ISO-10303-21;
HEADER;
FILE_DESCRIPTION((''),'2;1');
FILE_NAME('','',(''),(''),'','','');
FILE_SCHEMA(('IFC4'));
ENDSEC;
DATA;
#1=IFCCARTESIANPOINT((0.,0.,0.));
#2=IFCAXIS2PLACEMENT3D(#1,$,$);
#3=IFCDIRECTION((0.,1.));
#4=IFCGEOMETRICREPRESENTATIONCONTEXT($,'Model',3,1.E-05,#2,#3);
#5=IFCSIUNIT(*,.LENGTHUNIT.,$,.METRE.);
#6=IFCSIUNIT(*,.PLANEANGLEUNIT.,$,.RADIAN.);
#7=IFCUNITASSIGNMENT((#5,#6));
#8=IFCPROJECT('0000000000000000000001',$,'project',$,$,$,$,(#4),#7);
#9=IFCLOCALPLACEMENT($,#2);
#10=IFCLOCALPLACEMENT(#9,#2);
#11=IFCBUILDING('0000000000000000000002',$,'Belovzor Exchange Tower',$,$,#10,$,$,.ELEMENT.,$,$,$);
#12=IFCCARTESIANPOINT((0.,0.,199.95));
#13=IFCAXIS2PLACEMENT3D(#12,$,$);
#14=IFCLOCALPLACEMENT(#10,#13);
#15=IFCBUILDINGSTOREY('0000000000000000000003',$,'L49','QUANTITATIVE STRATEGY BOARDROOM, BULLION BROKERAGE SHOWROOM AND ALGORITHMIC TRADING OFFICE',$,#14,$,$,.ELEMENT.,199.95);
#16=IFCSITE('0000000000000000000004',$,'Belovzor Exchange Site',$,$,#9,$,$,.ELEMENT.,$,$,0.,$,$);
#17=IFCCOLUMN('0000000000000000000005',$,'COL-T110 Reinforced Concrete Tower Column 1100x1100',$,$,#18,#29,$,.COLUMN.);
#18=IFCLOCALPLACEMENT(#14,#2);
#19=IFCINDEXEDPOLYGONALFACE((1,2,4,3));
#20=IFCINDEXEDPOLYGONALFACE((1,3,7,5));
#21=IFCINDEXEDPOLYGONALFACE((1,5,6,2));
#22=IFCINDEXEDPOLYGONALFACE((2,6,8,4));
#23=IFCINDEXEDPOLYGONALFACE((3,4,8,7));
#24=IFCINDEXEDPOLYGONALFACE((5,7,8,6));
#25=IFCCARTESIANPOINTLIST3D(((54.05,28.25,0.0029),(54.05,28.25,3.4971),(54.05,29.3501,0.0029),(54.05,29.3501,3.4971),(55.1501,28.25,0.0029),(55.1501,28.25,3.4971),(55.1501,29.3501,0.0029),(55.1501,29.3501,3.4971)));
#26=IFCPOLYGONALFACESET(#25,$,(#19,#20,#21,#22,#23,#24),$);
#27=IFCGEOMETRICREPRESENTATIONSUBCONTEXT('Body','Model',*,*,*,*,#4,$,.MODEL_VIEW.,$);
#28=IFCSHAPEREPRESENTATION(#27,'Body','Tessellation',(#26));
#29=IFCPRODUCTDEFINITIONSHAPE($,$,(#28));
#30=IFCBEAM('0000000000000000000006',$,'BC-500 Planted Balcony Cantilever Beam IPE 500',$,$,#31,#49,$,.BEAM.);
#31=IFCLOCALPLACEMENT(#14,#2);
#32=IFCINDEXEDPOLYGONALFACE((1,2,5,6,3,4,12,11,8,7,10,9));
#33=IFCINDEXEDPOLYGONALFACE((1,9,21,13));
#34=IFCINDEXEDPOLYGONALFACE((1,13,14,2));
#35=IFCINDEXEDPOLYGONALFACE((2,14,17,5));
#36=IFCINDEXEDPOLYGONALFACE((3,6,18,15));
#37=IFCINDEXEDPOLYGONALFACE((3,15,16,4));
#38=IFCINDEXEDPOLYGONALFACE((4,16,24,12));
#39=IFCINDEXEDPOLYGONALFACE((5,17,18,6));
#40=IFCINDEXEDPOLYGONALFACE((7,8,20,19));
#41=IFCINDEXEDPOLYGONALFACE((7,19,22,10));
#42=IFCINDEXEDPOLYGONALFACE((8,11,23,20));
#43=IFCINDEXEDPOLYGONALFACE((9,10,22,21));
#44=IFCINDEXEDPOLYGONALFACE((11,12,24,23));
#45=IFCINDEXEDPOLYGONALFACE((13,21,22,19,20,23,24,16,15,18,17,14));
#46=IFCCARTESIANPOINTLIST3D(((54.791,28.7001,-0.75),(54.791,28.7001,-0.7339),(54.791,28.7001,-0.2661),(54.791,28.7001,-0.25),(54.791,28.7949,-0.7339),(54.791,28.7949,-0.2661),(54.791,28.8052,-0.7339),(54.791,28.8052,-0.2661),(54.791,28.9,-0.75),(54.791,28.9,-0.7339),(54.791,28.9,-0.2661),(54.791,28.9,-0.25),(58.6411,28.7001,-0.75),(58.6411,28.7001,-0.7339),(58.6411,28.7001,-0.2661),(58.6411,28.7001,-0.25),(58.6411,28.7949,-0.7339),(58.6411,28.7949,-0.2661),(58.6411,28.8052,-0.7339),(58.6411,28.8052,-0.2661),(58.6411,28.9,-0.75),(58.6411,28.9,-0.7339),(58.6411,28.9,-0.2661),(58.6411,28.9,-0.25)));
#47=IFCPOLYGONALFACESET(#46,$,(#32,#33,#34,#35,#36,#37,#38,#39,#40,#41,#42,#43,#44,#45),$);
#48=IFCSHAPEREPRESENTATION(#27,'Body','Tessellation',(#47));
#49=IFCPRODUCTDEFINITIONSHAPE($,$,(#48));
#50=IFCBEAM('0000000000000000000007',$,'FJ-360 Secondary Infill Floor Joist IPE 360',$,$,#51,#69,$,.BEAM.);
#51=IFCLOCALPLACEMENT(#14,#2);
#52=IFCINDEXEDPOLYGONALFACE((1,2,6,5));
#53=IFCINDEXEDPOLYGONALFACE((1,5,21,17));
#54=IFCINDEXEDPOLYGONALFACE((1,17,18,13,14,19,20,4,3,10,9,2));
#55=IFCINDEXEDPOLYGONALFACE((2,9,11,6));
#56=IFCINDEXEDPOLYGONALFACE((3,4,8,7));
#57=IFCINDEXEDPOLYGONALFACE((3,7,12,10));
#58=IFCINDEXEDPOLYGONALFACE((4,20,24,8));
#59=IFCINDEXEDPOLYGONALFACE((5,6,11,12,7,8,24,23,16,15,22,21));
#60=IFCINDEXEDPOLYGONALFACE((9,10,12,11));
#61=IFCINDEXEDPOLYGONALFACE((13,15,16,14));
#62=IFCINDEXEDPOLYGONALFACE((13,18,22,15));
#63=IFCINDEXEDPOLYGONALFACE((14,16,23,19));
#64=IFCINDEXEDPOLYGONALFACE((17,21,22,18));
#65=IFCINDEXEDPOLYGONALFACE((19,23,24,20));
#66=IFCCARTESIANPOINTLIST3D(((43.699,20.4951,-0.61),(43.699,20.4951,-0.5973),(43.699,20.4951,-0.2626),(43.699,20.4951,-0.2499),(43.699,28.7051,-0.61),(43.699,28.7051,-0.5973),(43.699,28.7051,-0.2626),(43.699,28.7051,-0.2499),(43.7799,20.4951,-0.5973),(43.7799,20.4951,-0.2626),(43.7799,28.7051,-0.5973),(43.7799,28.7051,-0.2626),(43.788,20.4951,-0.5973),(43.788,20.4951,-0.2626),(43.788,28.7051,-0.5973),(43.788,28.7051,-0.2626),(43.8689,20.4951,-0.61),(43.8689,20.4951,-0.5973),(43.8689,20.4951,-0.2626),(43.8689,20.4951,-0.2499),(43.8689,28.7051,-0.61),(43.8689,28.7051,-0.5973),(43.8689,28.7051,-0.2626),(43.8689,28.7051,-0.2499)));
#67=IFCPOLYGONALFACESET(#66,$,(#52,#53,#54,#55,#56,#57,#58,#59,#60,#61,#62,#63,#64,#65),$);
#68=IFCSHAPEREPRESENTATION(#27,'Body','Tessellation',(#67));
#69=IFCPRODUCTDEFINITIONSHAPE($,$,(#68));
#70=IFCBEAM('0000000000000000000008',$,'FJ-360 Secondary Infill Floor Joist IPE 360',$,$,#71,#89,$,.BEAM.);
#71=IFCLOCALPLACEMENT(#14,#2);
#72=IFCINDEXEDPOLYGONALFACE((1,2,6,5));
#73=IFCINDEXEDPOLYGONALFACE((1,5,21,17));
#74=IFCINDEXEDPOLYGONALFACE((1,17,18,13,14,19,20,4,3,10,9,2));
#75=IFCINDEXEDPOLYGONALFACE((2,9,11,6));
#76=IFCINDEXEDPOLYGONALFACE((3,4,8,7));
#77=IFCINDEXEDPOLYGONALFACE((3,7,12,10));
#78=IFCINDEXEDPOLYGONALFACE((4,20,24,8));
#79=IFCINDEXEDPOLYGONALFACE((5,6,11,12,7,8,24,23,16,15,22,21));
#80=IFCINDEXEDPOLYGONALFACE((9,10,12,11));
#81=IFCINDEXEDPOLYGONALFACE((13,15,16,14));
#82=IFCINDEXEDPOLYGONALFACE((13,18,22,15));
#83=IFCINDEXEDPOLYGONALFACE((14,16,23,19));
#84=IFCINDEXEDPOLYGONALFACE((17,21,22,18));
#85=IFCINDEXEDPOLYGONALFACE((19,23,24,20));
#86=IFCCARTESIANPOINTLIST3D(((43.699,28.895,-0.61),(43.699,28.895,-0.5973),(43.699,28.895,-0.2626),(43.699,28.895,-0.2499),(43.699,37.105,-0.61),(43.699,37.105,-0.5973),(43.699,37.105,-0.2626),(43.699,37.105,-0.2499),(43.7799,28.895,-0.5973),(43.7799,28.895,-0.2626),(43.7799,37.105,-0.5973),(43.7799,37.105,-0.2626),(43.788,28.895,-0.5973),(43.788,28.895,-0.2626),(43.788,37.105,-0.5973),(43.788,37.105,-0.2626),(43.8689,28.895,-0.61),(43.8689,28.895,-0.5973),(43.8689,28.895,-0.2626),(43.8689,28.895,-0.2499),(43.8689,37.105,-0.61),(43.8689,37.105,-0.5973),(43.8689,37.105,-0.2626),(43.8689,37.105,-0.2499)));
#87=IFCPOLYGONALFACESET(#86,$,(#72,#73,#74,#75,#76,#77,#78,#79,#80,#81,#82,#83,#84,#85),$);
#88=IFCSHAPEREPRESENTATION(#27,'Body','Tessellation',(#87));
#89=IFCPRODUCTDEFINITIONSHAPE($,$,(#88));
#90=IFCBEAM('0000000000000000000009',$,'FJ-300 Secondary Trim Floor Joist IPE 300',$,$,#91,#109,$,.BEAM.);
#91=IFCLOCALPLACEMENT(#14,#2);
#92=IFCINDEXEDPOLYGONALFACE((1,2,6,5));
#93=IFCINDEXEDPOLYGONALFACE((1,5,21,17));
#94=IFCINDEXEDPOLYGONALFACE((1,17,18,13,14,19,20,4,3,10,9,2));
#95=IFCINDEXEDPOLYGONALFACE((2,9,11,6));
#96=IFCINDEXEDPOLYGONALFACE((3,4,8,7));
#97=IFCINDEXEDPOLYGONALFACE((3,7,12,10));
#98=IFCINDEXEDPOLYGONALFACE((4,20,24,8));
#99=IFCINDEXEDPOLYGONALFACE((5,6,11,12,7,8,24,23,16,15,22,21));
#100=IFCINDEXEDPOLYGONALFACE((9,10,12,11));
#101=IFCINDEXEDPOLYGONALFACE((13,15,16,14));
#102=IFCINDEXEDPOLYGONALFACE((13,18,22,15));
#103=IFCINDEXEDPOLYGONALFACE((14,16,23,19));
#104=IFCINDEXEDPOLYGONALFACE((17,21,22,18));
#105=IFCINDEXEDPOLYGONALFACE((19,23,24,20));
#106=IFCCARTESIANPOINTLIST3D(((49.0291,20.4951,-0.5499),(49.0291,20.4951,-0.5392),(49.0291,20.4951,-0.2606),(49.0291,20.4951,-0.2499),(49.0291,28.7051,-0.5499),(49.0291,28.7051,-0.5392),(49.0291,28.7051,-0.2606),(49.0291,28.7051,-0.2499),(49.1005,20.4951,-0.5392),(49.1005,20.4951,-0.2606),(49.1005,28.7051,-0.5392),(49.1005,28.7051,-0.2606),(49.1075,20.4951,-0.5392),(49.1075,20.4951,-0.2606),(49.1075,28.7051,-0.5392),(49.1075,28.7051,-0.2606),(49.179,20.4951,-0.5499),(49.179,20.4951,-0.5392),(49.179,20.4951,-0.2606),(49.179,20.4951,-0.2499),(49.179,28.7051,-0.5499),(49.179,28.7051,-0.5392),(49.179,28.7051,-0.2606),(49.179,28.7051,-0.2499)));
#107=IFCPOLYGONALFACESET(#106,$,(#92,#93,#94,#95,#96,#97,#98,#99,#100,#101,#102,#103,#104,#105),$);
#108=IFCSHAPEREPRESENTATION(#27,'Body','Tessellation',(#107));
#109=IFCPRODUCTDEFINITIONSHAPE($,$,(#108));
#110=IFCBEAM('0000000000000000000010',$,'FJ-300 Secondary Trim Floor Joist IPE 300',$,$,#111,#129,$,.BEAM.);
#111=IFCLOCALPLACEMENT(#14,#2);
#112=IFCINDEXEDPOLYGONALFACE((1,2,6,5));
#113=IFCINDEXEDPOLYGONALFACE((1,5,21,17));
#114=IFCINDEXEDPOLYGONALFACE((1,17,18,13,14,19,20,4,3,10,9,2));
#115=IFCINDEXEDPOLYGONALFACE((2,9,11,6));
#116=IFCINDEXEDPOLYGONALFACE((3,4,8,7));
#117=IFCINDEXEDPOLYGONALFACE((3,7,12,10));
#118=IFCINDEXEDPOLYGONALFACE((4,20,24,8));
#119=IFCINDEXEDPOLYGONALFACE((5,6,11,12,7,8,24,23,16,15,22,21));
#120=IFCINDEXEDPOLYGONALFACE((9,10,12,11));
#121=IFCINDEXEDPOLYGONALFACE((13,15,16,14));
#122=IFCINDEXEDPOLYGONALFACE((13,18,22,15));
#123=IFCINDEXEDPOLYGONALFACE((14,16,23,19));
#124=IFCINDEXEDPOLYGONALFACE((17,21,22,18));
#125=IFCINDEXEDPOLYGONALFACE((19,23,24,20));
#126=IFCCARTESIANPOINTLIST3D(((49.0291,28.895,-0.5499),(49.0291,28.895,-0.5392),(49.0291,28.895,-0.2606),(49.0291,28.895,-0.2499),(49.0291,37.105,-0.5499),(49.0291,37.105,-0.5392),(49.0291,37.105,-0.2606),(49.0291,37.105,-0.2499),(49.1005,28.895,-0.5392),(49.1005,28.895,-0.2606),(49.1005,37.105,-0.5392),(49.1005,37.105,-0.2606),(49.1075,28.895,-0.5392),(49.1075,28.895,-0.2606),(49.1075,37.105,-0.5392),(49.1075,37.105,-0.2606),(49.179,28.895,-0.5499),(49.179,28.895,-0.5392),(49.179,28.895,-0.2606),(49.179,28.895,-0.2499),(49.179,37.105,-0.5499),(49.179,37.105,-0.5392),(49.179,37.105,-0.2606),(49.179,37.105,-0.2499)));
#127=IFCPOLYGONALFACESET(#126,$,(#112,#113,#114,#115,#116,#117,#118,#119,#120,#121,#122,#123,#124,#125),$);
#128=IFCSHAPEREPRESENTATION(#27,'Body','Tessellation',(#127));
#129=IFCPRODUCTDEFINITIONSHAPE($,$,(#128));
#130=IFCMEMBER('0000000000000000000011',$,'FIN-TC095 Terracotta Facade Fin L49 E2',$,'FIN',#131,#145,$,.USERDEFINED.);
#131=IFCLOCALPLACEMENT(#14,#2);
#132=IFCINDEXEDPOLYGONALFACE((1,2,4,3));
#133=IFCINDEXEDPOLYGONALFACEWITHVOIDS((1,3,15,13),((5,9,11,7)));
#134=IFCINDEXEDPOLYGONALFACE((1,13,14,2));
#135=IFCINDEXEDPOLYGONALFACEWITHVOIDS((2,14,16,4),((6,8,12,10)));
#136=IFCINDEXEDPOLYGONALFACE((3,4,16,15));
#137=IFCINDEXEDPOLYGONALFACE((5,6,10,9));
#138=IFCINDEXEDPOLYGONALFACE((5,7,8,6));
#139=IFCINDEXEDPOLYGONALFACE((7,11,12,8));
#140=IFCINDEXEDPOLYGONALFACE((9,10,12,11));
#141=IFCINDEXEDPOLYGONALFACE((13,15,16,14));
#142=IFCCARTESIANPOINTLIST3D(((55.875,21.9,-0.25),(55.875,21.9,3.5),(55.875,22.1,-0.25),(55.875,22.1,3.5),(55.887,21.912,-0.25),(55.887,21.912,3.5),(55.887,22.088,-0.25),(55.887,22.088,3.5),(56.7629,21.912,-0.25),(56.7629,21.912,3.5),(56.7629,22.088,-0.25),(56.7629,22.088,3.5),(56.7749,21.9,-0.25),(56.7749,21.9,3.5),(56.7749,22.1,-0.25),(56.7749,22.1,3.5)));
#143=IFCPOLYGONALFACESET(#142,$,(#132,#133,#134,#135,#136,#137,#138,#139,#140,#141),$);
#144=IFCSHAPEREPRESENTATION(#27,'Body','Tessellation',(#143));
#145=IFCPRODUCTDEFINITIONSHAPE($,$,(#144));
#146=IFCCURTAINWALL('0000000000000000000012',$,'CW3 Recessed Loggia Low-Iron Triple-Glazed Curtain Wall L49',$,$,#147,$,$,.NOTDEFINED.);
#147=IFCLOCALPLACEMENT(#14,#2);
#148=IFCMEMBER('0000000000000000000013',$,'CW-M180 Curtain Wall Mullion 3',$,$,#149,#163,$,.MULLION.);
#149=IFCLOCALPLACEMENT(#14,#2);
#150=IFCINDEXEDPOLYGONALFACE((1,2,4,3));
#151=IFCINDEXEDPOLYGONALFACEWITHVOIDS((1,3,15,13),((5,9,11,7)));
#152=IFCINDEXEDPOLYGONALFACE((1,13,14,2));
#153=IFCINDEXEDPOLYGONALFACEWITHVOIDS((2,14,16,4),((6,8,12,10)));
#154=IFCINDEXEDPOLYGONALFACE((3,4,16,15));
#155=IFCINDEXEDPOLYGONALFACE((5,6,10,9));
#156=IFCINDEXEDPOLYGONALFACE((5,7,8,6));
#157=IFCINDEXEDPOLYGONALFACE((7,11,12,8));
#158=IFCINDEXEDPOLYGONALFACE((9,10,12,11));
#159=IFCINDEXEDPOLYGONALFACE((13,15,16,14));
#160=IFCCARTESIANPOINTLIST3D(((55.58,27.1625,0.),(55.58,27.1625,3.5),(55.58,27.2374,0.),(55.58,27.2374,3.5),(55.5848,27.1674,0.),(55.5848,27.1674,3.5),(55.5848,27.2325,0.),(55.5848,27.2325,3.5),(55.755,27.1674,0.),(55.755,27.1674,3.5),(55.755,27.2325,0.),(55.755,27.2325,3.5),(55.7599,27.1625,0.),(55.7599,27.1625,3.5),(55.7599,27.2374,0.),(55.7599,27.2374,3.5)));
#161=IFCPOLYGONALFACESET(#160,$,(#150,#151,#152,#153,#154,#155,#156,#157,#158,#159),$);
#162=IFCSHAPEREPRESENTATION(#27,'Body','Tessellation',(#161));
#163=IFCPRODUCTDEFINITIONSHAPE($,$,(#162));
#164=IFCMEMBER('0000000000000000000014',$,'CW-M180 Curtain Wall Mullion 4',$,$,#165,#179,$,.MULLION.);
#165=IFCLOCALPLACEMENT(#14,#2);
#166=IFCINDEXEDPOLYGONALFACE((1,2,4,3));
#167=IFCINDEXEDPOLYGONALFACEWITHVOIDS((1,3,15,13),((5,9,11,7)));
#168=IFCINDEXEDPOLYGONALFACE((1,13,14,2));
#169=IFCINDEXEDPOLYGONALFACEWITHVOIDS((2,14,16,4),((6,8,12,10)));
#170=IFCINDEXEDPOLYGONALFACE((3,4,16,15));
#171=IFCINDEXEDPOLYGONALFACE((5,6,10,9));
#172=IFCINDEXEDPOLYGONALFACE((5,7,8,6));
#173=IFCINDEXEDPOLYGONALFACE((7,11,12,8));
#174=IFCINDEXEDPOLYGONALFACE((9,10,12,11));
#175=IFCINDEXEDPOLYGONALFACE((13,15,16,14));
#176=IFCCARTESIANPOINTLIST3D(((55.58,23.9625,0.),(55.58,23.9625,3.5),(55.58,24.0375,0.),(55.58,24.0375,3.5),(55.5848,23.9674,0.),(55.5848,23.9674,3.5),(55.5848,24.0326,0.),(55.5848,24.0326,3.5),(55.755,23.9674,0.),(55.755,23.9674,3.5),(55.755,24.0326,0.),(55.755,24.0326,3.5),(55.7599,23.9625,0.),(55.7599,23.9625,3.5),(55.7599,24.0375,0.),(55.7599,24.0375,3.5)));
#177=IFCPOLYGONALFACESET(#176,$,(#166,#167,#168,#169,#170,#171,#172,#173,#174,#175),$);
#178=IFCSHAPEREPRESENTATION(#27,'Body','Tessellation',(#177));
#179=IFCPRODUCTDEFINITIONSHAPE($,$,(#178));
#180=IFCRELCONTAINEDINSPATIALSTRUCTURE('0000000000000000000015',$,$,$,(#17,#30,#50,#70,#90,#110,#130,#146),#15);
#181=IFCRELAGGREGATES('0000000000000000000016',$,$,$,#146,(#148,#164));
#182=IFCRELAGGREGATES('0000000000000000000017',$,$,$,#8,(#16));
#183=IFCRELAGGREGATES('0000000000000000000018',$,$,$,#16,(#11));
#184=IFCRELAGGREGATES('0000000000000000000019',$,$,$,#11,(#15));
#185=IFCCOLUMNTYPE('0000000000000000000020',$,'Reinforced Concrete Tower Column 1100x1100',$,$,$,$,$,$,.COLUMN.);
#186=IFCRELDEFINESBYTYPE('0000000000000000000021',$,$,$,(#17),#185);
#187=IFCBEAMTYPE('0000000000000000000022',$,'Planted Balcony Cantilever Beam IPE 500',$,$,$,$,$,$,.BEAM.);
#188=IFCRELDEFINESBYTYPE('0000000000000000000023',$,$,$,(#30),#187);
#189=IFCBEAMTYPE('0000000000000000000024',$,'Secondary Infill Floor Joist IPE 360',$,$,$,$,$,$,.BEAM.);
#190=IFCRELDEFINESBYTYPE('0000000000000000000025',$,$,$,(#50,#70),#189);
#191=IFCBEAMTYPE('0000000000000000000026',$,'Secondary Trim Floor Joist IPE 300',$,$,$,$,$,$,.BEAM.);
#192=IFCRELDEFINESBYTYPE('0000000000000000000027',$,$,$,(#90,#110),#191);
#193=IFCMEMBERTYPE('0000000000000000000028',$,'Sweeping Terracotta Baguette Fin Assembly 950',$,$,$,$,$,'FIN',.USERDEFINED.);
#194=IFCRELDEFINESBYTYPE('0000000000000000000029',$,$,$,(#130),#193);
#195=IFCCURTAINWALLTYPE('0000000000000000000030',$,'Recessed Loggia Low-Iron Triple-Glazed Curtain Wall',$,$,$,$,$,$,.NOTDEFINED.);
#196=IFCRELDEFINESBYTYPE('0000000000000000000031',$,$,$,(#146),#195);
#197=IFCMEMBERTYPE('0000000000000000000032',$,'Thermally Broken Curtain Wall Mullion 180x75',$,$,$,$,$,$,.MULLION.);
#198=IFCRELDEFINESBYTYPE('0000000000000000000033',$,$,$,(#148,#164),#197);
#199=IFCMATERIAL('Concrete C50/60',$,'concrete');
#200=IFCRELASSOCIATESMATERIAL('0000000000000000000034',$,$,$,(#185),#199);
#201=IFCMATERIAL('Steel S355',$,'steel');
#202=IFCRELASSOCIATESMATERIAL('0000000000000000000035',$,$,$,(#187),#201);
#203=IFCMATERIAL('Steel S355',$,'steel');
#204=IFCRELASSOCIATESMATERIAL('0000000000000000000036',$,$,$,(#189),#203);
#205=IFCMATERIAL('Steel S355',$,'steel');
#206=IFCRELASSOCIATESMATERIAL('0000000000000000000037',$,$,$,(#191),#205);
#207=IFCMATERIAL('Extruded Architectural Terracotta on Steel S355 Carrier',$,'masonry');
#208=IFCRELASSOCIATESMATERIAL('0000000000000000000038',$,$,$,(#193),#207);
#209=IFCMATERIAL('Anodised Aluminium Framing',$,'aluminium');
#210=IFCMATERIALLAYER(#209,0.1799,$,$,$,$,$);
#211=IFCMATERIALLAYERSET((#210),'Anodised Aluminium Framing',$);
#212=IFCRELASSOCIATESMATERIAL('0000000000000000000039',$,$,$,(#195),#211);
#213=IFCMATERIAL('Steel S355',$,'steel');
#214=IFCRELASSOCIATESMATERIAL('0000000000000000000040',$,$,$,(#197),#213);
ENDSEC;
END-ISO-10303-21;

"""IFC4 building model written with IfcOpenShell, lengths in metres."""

from ifc_helpers import new_model, si_unit, direction, frame, origin, origin_2d, place, context, subcontext, project, spatial, rectangle, hollow_rectangle, i_section, extrude, material, layer, layer_set, material_profile, profile_set, type_object, element, aggregate, save


model = new_model("IFC4")

# Units and contexts
model_context = context("Model", 3, precision=1e-05, world=origin(), true_north=direction((0.0, 1.0)))
body_context = subcontext(model_context, "Body", "Model", "MODEL_VIEW")
ifc_project = project(units=[si_unit("LENGTHUNIT", "METRE"), si_unit("PLANEANGLEUNIT", "RADIAN")], contexts=[model_context])

# Site, building, storey
site_placement = place(None, origin())
site = spatial("IfcSite", under=ifc_project, at=site_placement, Name="Belovzor Exchange Site", CompositionType="ELEMENT", RefElevation=0.0)
building_placement = place(site_placement, origin())
building = spatial("IfcBuilding", under=site, at=building_placement, Name="Belovzor Exchange Tower", CompositionType="ELEMENT")
storey_placement = place(building_placement, frame((0.0, 0.0, 199.95)))
storey = spatial("IfcBuildingStorey", under=building, at=storey_placement, Name="L49", Description="QUANTITATIVE STRATEGY BOARDROOM, BULLION BROKERAGE SHOWROOM AND ALGORITHMIC TRADING OFFICE", CompositionType="ELEMENT", Elevation=199.95)

# Column
ifc_material_1 = material(Name="Concrete C50/60", Category="concrete")
ifc_material_profile_1 = material_profile(ifc_material_1, rectangle(XDim=1.1001, YDim=1.1001, at=origin_2d()))
ifc_profile_set_1 = profile_set([ifc_material_profile_1], Name="Concrete C50/60")
column_type = type_object("IfcColumnType", Name="Reinforced Concrete Tower Column 1100x1100", PredefinedType="COLUMN", material=ifc_profile_set_1)
column_placement = place(storey_placement, frame((54.6001, 28.8, 0.0029), z_axis=(0.0, 0.0, 1.0), x_axis=(1.0, 0.0, 0.0)))
element("IfcColumn", 1, at=column_placement, inside=storey, type_object=column_type, Name="COL-T110 Reinforced Concrete Tower Column 1100x1100", PredefinedType="COLUMN", context=body_context, shape_type="SweptSolid", body=[
    extrude(rectangle(XDim=1.1001, YDim=1.1001, at=origin_2d()), origin(), (0.0, 0.0, 1.0), 3.4941),
])

# Beams
ifc_material_2 = material(Name="Steel S355", Category="steel")
ifc_material_profile_2 = material_profile(ifc_material_2, i_section(OverallWidth=0.2, OverallDepth=0.5, WebThickness=0.0103, FlangeThickness=0.0161, at=origin_2d()))
ifc_profile_set_2 = profile_set([ifc_material_profile_2], Name="Steel S355")
beam_type_1 = type_object("IfcBeamType", Name="Planted Balcony Cantilever Beam IPE 500", PredefinedType="BEAM", material=ifc_profile_set_2)
beam_placement = place(storey_placement, frame((54.791, 28.8, -0.5), z_axis=(1.0, 0.0, 0.0), x_axis=(0.0, 1.0, 0.0)))
element("IfcBeam", 2, at=beam_placement, inside=storey, type_object=beam_type_1, Name="BC-500 Planted Balcony Cantilever Beam IPE 500", PredefinedType="BEAM", context=body_context, shape_type="SweptSolid", body=[
    extrude(i_section(OverallWidth=0.2, OverallDepth=0.5, WebThickness=0.0103, FlangeThickness=0.0161, at=origin_2d()), origin(), (0.0, 0.0, 1.0), 3.8501),
])
ifc_material_3 = material(Name="Steel S355", Category="steel")
ifc_material_profile_3 = material_profile(ifc_material_3, i_section(OverallWidth=0.1699, OverallDepth=0.3601, WebThickness=0.0081, FlangeThickness=0.0127, at=origin_2d()))
ifc_profile_set_3 = profile_set([ifc_material_profile_3], Name="Steel S355")
beam_type_2 = type_object("IfcBeamType", Name="Secondary Infill Floor Joist IPE 360", PredefinedType="BEAM", material=ifc_profile_set_3)
for number, where, z_axis, x_axis, name in (
    (3, (43.7839, 20.4951, -0.4299), (0.0, 1.0, 0.0), (-1.0, 0.0, 0.0), "FJ-360 Secondary Infill Floor Joist IPE 360"),
    (4, (43.7839, 28.895, -0.4299), (0.0, 1.0, 0.0), (-1.0, 0.0, 0.0), "FJ-360 Secondary Infill Floor Joist IPE 360"),
):
    element("IfcBeam", number, at=place(storey_placement, frame(where, z_axis=z_axis, x_axis=x_axis)), inside=storey, type_object=beam_type_2, Name=name, PredefinedType="BEAM", context=body_context, shape_type="SweptSolid", body=[
        extrude(i_section(OverallWidth=0.1699, OverallDepth=0.3601, WebThickness=0.0081, FlangeThickness=0.0127, at=origin_2d()), origin(), (0.0, 0.0, 1.0), 8.21),
    ])
ifc_material_4 = material(Name="Steel S355", Category="steel")
ifc_material_profile_4 = material_profile(ifc_material_4, i_section(OverallWidth=0.1499, OverallDepth=0.3, WebThickness=0.0071, FlangeThickness=0.0107, at=origin_2d()))
ifc_profile_set_4 = profile_set([ifc_material_profile_4], Name="Steel S355")
beam_type_3 = type_object("IfcBeamType", Name="Secondary Trim Floor Joist IPE 300", PredefinedType="BEAM", material=ifc_profile_set_4)
for number, where, z_axis, x_axis, name in (
    (5, (49.104, 20.4951, -0.3999), (0.0, 1.0, 0.0), (-1.0, 0.0, 0.0), "FJ-300 Secondary Trim Floor Joist IPE 300"),
    (6, (49.104, 28.895, -0.3999), (0.0, 1.0, 0.0), (-1.0, 0.0, 0.0), "FJ-300 Secondary Trim Floor Joist IPE 300"),
):
    element("IfcBeam", number, at=place(storey_placement, frame(where, z_axis=z_axis, x_axis=x_axis)), inside=storey, type_object=beam_type_3, Name=name, PredefinedType="BEAM", context=body_context, shape_type="SweptSolid", body=[
        extrude(i_section(OverallWidth=0.1499, OverallDepth=0.3, WebThickness=0.0071, FlangeThickness=0.0107, at=origin_2d()), origin(), (0.0, 0.0, 1.0), 8.21),
    ])

# Member
ifc_material_5 = material(Name="Extruded Architectural Terracotta on Steel S355 Carrier", Category="masonry")
ifc_material_profile_5 = material_profile(ifc_material_5, hollow_rectangle(XDim=0.2, YDim=0.8999, WallThickness=0.012, at=origin_2d()))
ifc_profile_set_5 = profile_set([ifc_material_profile_5], Name="Extruded Architectural Terracotta on Steel S355 Carrier")
member_type_1 = type_object("IfcMemberType", Name="Sweeping Terracotta Baguette Fin Assembly 950", ElementType="FIN", PredefinedType="USERDEFINED", material=ifc_profile_set_5)
member_1_placement = place(storey_placement, frame((56.325, 22.0, -0.25), z_axis=(0.0, 0.0, 1.0), x_axis=(0.0, 1.0, 0.0)))
element("IfcMember", 7, at=member_1_placement, inside=storey, type_object=member_type_1, Name="FIN-TC095 Terracotta Facade Fin L49 E2", ObjectType="FIN", PredefinedType="USERDEFINED", context=body_context, shape_type="SweptSolid", body=[
    extrude(hollow_rectangle(XDim=0.2, YDim=0.8999, WallThickness=0.012, at=origin_2d()), origin(), (0.0, 0.0, 1.0), 3.75),
])

# Curtain wall, members
ifc_material_6 = material(Name="Anodised Aluminium Framing", Category="aluminium")
ifc_layer_1 = layer(ifc_material_6, 0.1799)
ifc_layer_set_1 = layer_set([ifc_layer_1], Name="Anodised Aluminium Framing")
curtain_wall_type = type_object("IfcCurtainWallType", Name="Recessed Loggia Low-Iron Triple-Glazed Curtain Wall", PredefinedType="NOTDEFINED", material=ifc_layer_set_1)
curtain_wall_placement = place(storey_placement, origin())
curtain_wall = element("IfcCurtainWall", 8, at=curtain_wall_placement, inside=storey, type_object=curtain_wall_type, Name="CW3 Recessed Loggia Low-Iron Triple-Glazed Curtain Wall L49", PredefinedType="NOTDEFINED")
ifc_material_7 = material(Name="Steel S355", Category="steel")
ifc_material_profile_6 = material_profile(ifc_material_7, hollow_rectangle(XDim=0.075, YDim=0.1799, WallThickness=0.0049, at=origin_2d()))
ifc_profile_set_6 = profile_set([ifc_material_profile_6], Name="Steel S355")
member_type_2 = type_object("IfcMemberType", Name="Thermally Broken Curtain Wall Mullion 180x75", PredefinedType="MULLION", material=ifc_profile_set_6)
member_2_placement = place(storey_placement, frame((55.6699, 27.2, 0.0), z_axis=(0.0, 0.0, 1.0), x_axis=(0.0, -1.0, 0.0)))
member_2 = element("IfcMember", 9, at=member_2_placement, type_object=member_type_2, Name="CW-M180 Curtain Wall Mullion 3", PredefinedType="MULLION", context=body_context, shape_type="SweptSolid", body=[
    extrude(hollow_rectangle(XDim=0.075, YDim=0.1799, WallThickness=0.0049, at=origin_2d()), origin(), (0.0, 0.0, 1.0), 3.5),
])
member_3_placement = place(storey_placement, frame((55.6699, 24.0, 0.0), z_axis=(0.0, 0.0, 1.0), x_axis=(0.0, -1.0, 0.0)))
member_3 = element("IfcMember", 10, at=member_3_placement, type_object=member_type_2, Name="CW-M180 Curtain Wall Mullion 4", PredefinedType="MULLION", context=body_context, shape_type="SweptSolid", body=[
    extrude(hollow_rectangle(XDim=0.075, YDim=0.1799, WallThickness=0.0049, at=origin_2d()), origin(), (0.0, 0.0, 1.0), 3.5),
])

aggregate(curtain_wall, [member_2, member_3])

save(model, "model.ifc")
